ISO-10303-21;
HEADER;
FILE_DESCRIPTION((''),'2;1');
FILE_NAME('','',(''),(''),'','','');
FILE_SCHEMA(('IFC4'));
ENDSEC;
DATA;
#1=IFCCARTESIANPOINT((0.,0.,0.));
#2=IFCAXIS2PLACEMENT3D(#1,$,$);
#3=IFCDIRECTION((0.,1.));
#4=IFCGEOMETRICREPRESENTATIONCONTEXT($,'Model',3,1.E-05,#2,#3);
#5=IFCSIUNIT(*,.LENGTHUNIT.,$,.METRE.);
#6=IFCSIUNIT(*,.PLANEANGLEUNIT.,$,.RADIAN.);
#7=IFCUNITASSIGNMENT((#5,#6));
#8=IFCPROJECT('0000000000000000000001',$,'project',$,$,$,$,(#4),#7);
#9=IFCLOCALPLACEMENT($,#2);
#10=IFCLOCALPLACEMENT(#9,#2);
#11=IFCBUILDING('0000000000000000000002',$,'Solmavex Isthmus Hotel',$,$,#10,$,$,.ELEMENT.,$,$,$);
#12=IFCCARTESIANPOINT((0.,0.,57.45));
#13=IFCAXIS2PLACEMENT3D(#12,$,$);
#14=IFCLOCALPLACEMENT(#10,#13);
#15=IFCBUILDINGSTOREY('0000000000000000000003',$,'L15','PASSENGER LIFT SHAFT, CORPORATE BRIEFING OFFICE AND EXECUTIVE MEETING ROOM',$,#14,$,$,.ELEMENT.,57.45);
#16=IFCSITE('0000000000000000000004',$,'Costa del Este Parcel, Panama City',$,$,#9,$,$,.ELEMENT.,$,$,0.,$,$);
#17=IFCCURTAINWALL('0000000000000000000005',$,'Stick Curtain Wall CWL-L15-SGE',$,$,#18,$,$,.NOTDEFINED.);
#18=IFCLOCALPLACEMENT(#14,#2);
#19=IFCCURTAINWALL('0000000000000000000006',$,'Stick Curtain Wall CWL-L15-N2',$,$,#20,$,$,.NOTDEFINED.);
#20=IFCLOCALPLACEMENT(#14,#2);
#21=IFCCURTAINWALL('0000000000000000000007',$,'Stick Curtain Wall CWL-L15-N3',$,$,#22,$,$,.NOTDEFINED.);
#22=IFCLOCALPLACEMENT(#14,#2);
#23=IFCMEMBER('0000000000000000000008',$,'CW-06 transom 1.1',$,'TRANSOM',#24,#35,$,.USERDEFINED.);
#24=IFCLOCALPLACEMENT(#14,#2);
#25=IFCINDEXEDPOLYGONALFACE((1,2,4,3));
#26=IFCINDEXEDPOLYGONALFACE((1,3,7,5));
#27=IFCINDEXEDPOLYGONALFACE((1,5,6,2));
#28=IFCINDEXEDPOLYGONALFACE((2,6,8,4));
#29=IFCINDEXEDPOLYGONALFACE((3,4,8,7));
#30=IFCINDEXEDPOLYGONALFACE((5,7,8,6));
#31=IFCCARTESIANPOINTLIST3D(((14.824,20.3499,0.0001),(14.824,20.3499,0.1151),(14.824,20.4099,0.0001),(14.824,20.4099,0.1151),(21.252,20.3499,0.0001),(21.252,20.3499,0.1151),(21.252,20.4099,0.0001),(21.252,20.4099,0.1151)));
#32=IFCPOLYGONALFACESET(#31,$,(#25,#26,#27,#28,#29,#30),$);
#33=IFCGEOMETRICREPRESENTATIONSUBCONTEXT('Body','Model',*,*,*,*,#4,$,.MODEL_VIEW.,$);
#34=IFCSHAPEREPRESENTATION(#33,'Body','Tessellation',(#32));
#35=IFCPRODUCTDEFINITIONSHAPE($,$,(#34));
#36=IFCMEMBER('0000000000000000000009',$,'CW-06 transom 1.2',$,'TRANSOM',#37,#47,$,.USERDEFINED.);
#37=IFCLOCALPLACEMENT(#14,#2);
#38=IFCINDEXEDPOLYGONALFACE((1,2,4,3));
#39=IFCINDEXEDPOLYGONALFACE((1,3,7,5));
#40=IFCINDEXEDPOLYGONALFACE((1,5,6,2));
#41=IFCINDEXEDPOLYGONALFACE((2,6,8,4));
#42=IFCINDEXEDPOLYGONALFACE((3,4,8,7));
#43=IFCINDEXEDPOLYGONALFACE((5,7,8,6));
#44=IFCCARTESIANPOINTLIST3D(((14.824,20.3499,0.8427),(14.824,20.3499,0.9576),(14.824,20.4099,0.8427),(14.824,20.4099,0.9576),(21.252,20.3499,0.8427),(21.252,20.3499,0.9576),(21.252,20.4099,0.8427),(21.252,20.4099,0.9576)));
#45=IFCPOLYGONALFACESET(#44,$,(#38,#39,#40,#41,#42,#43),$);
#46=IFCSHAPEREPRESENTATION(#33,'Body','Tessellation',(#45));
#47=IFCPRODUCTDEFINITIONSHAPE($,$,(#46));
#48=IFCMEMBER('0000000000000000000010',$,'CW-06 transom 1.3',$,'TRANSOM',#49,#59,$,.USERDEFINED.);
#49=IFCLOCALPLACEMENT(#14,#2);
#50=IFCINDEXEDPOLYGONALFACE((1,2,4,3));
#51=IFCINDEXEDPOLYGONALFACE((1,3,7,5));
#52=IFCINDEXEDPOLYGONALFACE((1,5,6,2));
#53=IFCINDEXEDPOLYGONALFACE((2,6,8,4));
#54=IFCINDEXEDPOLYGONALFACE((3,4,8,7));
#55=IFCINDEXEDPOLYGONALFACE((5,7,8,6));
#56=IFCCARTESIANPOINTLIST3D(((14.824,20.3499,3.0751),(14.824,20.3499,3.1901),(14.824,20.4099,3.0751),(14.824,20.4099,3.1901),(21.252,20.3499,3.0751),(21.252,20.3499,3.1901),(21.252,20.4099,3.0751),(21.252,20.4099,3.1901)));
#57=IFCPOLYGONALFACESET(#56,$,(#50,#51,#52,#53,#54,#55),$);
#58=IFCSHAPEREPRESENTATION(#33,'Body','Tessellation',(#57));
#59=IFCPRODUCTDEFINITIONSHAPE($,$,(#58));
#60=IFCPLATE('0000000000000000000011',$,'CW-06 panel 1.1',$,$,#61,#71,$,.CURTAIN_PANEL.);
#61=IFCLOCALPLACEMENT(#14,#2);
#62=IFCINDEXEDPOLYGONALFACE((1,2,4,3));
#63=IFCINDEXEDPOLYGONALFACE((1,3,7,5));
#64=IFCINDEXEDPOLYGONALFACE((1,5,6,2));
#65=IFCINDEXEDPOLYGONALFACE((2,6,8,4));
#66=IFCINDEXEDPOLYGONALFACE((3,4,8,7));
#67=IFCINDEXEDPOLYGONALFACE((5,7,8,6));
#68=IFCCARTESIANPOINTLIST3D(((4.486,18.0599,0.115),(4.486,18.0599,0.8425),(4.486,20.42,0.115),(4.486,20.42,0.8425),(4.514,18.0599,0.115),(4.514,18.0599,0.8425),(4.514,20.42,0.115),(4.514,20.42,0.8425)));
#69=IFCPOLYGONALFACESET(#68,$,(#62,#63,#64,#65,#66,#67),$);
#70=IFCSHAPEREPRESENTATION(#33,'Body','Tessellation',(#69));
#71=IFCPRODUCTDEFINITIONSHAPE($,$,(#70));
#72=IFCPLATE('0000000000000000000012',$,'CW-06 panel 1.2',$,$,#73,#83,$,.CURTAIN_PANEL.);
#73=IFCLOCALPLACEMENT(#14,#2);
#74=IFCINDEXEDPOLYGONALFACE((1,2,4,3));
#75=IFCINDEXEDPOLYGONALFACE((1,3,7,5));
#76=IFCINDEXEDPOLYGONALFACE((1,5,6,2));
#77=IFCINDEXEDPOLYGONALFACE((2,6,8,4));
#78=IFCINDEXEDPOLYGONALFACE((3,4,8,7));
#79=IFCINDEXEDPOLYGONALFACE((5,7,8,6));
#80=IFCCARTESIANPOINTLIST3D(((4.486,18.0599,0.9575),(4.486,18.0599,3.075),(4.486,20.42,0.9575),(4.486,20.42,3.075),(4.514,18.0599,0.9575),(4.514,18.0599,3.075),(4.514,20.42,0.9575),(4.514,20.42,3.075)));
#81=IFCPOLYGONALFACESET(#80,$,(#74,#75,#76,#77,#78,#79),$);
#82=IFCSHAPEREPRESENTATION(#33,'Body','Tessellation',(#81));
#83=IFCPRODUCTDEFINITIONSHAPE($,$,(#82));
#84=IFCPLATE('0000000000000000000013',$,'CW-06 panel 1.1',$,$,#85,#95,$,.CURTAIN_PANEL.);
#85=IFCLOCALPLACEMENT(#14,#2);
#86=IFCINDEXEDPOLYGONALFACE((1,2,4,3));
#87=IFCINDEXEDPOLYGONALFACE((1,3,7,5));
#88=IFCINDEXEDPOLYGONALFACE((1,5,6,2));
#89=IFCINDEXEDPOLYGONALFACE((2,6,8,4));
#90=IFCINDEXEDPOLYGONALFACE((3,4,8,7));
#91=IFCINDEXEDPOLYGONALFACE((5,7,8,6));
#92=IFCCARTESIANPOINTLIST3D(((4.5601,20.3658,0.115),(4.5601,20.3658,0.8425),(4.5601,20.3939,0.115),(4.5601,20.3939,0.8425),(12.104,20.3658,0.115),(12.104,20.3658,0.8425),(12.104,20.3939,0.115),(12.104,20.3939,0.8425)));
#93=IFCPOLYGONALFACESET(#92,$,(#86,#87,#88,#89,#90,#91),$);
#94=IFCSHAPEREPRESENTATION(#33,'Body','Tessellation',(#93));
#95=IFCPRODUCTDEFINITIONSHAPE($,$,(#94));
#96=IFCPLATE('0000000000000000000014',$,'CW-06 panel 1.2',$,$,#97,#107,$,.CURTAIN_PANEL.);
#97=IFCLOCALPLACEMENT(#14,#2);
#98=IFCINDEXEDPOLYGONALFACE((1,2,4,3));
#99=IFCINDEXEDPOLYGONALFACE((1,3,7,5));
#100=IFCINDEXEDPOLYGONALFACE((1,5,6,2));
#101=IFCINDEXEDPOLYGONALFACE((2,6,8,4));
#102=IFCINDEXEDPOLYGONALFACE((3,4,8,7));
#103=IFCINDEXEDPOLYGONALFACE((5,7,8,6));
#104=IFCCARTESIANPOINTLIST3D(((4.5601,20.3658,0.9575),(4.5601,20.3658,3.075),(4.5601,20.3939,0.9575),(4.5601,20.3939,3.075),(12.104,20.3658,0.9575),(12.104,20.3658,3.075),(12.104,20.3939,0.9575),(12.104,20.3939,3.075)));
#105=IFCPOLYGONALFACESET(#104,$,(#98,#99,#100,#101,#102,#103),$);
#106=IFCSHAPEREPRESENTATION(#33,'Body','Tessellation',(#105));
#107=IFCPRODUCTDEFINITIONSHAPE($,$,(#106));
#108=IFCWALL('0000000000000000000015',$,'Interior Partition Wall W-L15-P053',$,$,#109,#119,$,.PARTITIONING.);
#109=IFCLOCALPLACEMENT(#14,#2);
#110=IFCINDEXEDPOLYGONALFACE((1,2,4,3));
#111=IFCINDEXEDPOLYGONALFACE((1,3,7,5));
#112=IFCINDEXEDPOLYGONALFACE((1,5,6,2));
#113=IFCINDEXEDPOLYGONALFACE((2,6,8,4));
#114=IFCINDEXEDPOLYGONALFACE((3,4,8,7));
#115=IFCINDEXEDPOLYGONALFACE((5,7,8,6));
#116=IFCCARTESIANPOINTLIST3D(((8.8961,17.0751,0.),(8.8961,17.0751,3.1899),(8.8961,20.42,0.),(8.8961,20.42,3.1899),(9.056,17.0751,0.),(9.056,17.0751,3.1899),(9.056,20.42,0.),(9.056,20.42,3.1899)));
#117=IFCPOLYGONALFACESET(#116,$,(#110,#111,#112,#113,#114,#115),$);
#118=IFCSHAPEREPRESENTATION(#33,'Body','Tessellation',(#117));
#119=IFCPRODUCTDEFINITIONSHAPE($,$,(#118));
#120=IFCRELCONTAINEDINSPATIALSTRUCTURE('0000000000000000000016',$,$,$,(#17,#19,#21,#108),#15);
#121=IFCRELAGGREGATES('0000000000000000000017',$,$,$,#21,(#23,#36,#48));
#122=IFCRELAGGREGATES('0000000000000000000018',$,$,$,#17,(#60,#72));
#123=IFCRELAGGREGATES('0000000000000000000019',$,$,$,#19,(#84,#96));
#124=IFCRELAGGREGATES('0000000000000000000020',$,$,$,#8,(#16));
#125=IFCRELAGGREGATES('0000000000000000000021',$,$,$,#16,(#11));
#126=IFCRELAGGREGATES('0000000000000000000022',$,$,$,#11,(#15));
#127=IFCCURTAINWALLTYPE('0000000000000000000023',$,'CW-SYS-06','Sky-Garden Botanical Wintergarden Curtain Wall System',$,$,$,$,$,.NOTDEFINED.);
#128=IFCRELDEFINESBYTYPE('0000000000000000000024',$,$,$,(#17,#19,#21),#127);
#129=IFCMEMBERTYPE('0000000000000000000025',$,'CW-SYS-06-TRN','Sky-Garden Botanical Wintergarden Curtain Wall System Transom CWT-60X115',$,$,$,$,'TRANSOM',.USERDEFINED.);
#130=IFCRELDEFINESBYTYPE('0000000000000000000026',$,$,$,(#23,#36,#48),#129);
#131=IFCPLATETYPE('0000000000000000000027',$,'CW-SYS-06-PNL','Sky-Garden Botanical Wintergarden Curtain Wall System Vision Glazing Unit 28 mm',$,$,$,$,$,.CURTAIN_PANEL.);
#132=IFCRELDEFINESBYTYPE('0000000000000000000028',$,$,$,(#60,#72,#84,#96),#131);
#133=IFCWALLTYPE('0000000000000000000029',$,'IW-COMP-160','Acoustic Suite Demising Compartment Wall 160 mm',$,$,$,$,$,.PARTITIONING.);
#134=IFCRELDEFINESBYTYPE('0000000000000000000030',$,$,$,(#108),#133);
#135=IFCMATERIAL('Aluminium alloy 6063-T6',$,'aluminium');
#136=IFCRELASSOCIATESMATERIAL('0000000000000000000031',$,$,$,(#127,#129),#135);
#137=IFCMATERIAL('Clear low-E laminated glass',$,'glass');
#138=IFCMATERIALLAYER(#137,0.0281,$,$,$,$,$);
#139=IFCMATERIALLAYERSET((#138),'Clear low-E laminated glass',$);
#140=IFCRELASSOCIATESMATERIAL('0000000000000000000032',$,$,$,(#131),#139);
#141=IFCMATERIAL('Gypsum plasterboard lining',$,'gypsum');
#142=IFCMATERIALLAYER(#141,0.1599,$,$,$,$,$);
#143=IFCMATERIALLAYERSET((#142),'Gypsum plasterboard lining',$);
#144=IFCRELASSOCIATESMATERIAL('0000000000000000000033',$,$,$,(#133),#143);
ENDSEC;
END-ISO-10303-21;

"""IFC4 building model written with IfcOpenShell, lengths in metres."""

from ifc_helpers import new_model, si_unit, direction, frame, frame_2d, origin, origin_2d, place, context, subcontext, project, spatial, rectangle, extrude, material, layer, layer_set, material_profile, profile_set, type_object, element, aggregate, save


model = new_model("IFC4")

# Units and contexts
model_context = context("Model", 3, precision=1e-05, world=origin(), true_north=direction((0.0, 1.0)))
body_context = subcontext(model_context, "Body", "Model", "MODEL_VIEW")
ifc_project = project(units=[si_unit("LENGTHUNIT", "METRE"), si_unit("PLANEANGLEUNIT", "RADIAN")], contexts=[model_context])

# Site, building, storey
site_placement = place(None, origin())
site = spatial("IfcSite", under=ifc_project, at=site_placement, Name="Costa del Este Parcel, Panama City", CompositionType="ELEMENT", RefElevation=0.0)
building_placement = place(site_placement, origin())
building = spatial("IfcBuilding", under=site, at=building_placement, Name="Solmavex Isthmus Hotel", CompositionType="ELEMENT")
storey_placement = place(building_placement, frame((0.0, 0.0, 57.45)))
storey = spatial("IfcBuildingStorey", under=building, at=storey_placement, Name="L15", Description="PASSENGER LIFT SHAFT, CORPORATE BRIEFING OFFICE AND EXECUTIVE MEETING ROOM", CompositionType="ELEMENT", Elevation=57.45)

# Curtain walls
ifc_material_1 = material(Name="Aluminium alloy 6063-T6", Category="aluminium")
curtain_wall_type = type_object("IfcCurtainWallType", Name="CW-SYS-06", Description="Sky-Garden Botanical Wintergarden Curtain Wall System", PredefinedType="NOTDEFINED", material=ifc_material_1)
curtain_wall_1_placement = place(storey_placement, origin())
curtain_wall_1 = element("IfcCurtainWall", 1, at=curtain_wall_1_placement, inside=storey, type_object=curtain_wall_type, Name="Stick Curtain Wall CWL-L15-SGE", PredefinedType="NOTDEFINED")
curtain_wall_2_placement = place(storey_placement, origin())
curtain_wall_2 = element("IfcCurtainWall", 2, at=curtain_wall_2_placement, inside=storey, type_object=curtain_wall_type, Name="Stick Curtain Wall CWL-L15-N2", PredefinedType="NOTDEFINED")

# Curtain wall
curtain_wall_3_placement = place(storey_placement, origin())
curtain_wall_3 = element("IfcCurtainWall", 3, at=curtain_wall_3_placement, inside=storey, type_object=curtain_wall_type, Name="Stick Curtain Wall CWL-L15-N3", PredefinedType="NOTDEFINED")

# Members
ifc_material_profile_1 = material_profile(ifc_material_1, rectangle(XDim=0.0601, YDim=0.115, at=origin_2d()), Name="CWT-60X115")
ifc_profile_set_1 = profile_set([ifc_material_profile_1], Name="Aluminium alloy 6063-T6")
member_type_1 = type_object("IfcMemberType", Name="CW-SYS-06-TRN", Description="Sky-Garden Botanical Wintergarden Curtain Wall System Transom CWT-60X115", ElementType="TRANSOM", PredefinedType="USERDEFINED", material=ifc_profile_set_1)
member_1_placement = place(storey_placement, frame((14.824, 20.3799, 0.0576), z_axis=(1.0, 0.0, 0.0), x_axis=(0.0, 1.0, 0.0)))
member_1 = element("IfcMember", 4, at=member_1_placement, type_object=member_type_1, Name="CW-06 transom 1.1", ObjectType="TRANSOM", PredefinedType="USERDEFINED", context=body_context, shape_type="SweptSolid", body=[
    extrude(rectangle(XDim=0.0601, YDim=0.115, at=origin_2d()), origin(), (0.0, 0.0, 1.0), 6.428),
])
member_2_placement = place(storey_placement, frame((14.824, 20.3799, 0.9001), z_axis=(1.0, 0.0, 0.0), x_axis=(0.0, 1.0, 0.0)))
member_2 = element("IfcMember", 5, at=member_2_placement, type_object=member_type_1, Name="CW-06 transom 1.2", ObjectType="TRANSOM", PredefinedType="USERDEFINED", context=body_context, shape_type="SweptSolid", body=[
    extrude(rectangle(XDim=0.0601, YDim=0.115, at=origin_2d()), origin(), (0.0, 0.0, 1.0), 6.428),
])
member_3_placement = place(storey_placement, frame((14.824, 20.3799, 3.1326), z_axis=(1.0, 0.0, 0.0), x_axis=(0.0, 1.0, 0.0)))
member_3 = element("IfcMember", 6, at=member_3_placement, type_object=member_type_1, Name="CW-06 transom 1.3", ObjectType="TRANSOM", PredefinedType="USERDEFINED", context=body_context, shape_type="SweptSolid", body=[
    extrude(rectangle(XDim=0.0601, YDim=0.115, at=origin_2d()), origin(), (0.0, 0.0, 1.0), 6.428),
])
aggregate(curtain_wall_3, [member_1, member_2, member_3])

# Plates
ifc_material_2 = material(Name="Clear low-E laminated glass", Category="glass")
ifc_layer_1 = layer(ifc_material_2, 0.0281)
ifc_layer_set_1 = layer_set([ifc_layer_1], Name="Clear low-E laminated glass")
plate_type = type_object("IfcPlateType", Name="CW-SYS-06-PNL", Description="Sky-Garden Botanical Wintergarden Curtain Wall System Vision Glazing Unit 28 mm", PredefinedType="CURTAIN_PANEL", material=ifc_layer_set_1)
plate_1_placement = place(storey_placement, frame((4.5, 19.24, 0.115), z_axis=(0.0, 0.0, 1.0), x_axis=(0.0, 1.0, 0.0)))
plate_1 = element("IfcPlate", 7, at=plate_1_placement, type_object=plate_type, Name="CW-06 panel 1.1", PredefinedType="CURTAIN_PANEL", context=body_context, shape_type="SweptSolid", body=[
    extrude(rectangle(XDim=2.3601, YDim=0.0281, at=origin_2d()), origin(), (0.0, 0.0, 1.0), 0.7275),
])
plate_2_placement = place(storey_placement, frame((4.5, 19.24, 0.9575), z_axis=(0.0, 0.0, 1.0), x_axis=(0.0, 1.0, 0.0)))
plate_2 = element("IfcPlate", 8, at=plate_2_placement, type_object=plate_type, Name="CW-06 panel 1.2", PredefinedType="CURTAIN_PANEL", context=body_context, shape_type="SweptSolid", body=[
    extrude(rectangle(XDim=2.3601, YDim=0.0281, at=origin_2d()), origin(), (0.0, 0.0, 1.0), 2.1174),
])
aggregate(curtain_wall_1, [plate_1, plate_2])
plate_3_placement = place(storey_placement, frame((8.332, 20.3799, 0.115), z_axis=(0.0, 0.0, 1.0), x_axis=(1.0, 0.0, 0.0)))
plate_3 = element("IfcPlate", 9, at=plate_3_placement, type_object=plate_type, Name="CW-06 panel 1.1", PredefinedType="CURTAIN_PANEL", context=body_context, shape_type="SweptSolid", body=[
    extrude(rectangle(XDim=7.5439, YDim=0.0281, at=origin_2d()), origin(), (0.0, 0.0, 1.0), 0.7275),
])
plate_4_placement = place(storey_placement, frame((8.332, 20.3799, 0.9575), z_axis=(0.0, 0.0, 1.0), x_axis=(1.0, 0.0, 0.0)))
plate_4 = element("IfcPlate", 10, at=plate_4_placement, type_object=plate_type, Name="CW-06 panel 1.2", PredefinedType="CURTAIN_PANEL", context=body_context, shape_type="SweptSolid", body=[
    extrude(rectangle(XDim=7.5439, YDim=0.0281, at=origin_2d()), origin(), (0.0, 0.0, 1.0), 2.1174),
])
aggregate(curtain_wall_2, [plate_3, plate_4])

# Wall
ifc_material_3 = material(Name="Gypsum plasterboard lining", Category="gypsum")
ifc_layer_2 = layer(ifc_material_3, 0.1599)
ifc_layer_set_2 = layer_set([ifc_layer_2], Name="Gypsum plasterboard lining")
wall_type_1 = type_object("IfcWallType", Name="IW-COMP-160", Description="Acoustic Suite Demising Compartment Wall 160 mm", PredefinedType="PARTITIONING", material=ifc_layer_set_2)
wall_1_placement = place(storey_placement, frame((8.9761, 20.4199, 0.0), z_axis=(0.0, 0.0, 1.0), x_axis=(0.0, -1.0, 0.0)))
element("IfcWall", 11, at=wall_1_placement, inside=storey, type_object=wall_type_1, Name="Interior Partition Wall W-L15-P053", PredefinedType="PARTITIONING", context=body_context, shape_type="SweptSolid", body=[
    extrude(rectangle(XDim=3.345, YDim=0.1599, at=frame_2d((1.6724, 0.0))), origin(), (0.0, 0.0, 1.0), 3.1899),
])

save(model, "model.ifc")
